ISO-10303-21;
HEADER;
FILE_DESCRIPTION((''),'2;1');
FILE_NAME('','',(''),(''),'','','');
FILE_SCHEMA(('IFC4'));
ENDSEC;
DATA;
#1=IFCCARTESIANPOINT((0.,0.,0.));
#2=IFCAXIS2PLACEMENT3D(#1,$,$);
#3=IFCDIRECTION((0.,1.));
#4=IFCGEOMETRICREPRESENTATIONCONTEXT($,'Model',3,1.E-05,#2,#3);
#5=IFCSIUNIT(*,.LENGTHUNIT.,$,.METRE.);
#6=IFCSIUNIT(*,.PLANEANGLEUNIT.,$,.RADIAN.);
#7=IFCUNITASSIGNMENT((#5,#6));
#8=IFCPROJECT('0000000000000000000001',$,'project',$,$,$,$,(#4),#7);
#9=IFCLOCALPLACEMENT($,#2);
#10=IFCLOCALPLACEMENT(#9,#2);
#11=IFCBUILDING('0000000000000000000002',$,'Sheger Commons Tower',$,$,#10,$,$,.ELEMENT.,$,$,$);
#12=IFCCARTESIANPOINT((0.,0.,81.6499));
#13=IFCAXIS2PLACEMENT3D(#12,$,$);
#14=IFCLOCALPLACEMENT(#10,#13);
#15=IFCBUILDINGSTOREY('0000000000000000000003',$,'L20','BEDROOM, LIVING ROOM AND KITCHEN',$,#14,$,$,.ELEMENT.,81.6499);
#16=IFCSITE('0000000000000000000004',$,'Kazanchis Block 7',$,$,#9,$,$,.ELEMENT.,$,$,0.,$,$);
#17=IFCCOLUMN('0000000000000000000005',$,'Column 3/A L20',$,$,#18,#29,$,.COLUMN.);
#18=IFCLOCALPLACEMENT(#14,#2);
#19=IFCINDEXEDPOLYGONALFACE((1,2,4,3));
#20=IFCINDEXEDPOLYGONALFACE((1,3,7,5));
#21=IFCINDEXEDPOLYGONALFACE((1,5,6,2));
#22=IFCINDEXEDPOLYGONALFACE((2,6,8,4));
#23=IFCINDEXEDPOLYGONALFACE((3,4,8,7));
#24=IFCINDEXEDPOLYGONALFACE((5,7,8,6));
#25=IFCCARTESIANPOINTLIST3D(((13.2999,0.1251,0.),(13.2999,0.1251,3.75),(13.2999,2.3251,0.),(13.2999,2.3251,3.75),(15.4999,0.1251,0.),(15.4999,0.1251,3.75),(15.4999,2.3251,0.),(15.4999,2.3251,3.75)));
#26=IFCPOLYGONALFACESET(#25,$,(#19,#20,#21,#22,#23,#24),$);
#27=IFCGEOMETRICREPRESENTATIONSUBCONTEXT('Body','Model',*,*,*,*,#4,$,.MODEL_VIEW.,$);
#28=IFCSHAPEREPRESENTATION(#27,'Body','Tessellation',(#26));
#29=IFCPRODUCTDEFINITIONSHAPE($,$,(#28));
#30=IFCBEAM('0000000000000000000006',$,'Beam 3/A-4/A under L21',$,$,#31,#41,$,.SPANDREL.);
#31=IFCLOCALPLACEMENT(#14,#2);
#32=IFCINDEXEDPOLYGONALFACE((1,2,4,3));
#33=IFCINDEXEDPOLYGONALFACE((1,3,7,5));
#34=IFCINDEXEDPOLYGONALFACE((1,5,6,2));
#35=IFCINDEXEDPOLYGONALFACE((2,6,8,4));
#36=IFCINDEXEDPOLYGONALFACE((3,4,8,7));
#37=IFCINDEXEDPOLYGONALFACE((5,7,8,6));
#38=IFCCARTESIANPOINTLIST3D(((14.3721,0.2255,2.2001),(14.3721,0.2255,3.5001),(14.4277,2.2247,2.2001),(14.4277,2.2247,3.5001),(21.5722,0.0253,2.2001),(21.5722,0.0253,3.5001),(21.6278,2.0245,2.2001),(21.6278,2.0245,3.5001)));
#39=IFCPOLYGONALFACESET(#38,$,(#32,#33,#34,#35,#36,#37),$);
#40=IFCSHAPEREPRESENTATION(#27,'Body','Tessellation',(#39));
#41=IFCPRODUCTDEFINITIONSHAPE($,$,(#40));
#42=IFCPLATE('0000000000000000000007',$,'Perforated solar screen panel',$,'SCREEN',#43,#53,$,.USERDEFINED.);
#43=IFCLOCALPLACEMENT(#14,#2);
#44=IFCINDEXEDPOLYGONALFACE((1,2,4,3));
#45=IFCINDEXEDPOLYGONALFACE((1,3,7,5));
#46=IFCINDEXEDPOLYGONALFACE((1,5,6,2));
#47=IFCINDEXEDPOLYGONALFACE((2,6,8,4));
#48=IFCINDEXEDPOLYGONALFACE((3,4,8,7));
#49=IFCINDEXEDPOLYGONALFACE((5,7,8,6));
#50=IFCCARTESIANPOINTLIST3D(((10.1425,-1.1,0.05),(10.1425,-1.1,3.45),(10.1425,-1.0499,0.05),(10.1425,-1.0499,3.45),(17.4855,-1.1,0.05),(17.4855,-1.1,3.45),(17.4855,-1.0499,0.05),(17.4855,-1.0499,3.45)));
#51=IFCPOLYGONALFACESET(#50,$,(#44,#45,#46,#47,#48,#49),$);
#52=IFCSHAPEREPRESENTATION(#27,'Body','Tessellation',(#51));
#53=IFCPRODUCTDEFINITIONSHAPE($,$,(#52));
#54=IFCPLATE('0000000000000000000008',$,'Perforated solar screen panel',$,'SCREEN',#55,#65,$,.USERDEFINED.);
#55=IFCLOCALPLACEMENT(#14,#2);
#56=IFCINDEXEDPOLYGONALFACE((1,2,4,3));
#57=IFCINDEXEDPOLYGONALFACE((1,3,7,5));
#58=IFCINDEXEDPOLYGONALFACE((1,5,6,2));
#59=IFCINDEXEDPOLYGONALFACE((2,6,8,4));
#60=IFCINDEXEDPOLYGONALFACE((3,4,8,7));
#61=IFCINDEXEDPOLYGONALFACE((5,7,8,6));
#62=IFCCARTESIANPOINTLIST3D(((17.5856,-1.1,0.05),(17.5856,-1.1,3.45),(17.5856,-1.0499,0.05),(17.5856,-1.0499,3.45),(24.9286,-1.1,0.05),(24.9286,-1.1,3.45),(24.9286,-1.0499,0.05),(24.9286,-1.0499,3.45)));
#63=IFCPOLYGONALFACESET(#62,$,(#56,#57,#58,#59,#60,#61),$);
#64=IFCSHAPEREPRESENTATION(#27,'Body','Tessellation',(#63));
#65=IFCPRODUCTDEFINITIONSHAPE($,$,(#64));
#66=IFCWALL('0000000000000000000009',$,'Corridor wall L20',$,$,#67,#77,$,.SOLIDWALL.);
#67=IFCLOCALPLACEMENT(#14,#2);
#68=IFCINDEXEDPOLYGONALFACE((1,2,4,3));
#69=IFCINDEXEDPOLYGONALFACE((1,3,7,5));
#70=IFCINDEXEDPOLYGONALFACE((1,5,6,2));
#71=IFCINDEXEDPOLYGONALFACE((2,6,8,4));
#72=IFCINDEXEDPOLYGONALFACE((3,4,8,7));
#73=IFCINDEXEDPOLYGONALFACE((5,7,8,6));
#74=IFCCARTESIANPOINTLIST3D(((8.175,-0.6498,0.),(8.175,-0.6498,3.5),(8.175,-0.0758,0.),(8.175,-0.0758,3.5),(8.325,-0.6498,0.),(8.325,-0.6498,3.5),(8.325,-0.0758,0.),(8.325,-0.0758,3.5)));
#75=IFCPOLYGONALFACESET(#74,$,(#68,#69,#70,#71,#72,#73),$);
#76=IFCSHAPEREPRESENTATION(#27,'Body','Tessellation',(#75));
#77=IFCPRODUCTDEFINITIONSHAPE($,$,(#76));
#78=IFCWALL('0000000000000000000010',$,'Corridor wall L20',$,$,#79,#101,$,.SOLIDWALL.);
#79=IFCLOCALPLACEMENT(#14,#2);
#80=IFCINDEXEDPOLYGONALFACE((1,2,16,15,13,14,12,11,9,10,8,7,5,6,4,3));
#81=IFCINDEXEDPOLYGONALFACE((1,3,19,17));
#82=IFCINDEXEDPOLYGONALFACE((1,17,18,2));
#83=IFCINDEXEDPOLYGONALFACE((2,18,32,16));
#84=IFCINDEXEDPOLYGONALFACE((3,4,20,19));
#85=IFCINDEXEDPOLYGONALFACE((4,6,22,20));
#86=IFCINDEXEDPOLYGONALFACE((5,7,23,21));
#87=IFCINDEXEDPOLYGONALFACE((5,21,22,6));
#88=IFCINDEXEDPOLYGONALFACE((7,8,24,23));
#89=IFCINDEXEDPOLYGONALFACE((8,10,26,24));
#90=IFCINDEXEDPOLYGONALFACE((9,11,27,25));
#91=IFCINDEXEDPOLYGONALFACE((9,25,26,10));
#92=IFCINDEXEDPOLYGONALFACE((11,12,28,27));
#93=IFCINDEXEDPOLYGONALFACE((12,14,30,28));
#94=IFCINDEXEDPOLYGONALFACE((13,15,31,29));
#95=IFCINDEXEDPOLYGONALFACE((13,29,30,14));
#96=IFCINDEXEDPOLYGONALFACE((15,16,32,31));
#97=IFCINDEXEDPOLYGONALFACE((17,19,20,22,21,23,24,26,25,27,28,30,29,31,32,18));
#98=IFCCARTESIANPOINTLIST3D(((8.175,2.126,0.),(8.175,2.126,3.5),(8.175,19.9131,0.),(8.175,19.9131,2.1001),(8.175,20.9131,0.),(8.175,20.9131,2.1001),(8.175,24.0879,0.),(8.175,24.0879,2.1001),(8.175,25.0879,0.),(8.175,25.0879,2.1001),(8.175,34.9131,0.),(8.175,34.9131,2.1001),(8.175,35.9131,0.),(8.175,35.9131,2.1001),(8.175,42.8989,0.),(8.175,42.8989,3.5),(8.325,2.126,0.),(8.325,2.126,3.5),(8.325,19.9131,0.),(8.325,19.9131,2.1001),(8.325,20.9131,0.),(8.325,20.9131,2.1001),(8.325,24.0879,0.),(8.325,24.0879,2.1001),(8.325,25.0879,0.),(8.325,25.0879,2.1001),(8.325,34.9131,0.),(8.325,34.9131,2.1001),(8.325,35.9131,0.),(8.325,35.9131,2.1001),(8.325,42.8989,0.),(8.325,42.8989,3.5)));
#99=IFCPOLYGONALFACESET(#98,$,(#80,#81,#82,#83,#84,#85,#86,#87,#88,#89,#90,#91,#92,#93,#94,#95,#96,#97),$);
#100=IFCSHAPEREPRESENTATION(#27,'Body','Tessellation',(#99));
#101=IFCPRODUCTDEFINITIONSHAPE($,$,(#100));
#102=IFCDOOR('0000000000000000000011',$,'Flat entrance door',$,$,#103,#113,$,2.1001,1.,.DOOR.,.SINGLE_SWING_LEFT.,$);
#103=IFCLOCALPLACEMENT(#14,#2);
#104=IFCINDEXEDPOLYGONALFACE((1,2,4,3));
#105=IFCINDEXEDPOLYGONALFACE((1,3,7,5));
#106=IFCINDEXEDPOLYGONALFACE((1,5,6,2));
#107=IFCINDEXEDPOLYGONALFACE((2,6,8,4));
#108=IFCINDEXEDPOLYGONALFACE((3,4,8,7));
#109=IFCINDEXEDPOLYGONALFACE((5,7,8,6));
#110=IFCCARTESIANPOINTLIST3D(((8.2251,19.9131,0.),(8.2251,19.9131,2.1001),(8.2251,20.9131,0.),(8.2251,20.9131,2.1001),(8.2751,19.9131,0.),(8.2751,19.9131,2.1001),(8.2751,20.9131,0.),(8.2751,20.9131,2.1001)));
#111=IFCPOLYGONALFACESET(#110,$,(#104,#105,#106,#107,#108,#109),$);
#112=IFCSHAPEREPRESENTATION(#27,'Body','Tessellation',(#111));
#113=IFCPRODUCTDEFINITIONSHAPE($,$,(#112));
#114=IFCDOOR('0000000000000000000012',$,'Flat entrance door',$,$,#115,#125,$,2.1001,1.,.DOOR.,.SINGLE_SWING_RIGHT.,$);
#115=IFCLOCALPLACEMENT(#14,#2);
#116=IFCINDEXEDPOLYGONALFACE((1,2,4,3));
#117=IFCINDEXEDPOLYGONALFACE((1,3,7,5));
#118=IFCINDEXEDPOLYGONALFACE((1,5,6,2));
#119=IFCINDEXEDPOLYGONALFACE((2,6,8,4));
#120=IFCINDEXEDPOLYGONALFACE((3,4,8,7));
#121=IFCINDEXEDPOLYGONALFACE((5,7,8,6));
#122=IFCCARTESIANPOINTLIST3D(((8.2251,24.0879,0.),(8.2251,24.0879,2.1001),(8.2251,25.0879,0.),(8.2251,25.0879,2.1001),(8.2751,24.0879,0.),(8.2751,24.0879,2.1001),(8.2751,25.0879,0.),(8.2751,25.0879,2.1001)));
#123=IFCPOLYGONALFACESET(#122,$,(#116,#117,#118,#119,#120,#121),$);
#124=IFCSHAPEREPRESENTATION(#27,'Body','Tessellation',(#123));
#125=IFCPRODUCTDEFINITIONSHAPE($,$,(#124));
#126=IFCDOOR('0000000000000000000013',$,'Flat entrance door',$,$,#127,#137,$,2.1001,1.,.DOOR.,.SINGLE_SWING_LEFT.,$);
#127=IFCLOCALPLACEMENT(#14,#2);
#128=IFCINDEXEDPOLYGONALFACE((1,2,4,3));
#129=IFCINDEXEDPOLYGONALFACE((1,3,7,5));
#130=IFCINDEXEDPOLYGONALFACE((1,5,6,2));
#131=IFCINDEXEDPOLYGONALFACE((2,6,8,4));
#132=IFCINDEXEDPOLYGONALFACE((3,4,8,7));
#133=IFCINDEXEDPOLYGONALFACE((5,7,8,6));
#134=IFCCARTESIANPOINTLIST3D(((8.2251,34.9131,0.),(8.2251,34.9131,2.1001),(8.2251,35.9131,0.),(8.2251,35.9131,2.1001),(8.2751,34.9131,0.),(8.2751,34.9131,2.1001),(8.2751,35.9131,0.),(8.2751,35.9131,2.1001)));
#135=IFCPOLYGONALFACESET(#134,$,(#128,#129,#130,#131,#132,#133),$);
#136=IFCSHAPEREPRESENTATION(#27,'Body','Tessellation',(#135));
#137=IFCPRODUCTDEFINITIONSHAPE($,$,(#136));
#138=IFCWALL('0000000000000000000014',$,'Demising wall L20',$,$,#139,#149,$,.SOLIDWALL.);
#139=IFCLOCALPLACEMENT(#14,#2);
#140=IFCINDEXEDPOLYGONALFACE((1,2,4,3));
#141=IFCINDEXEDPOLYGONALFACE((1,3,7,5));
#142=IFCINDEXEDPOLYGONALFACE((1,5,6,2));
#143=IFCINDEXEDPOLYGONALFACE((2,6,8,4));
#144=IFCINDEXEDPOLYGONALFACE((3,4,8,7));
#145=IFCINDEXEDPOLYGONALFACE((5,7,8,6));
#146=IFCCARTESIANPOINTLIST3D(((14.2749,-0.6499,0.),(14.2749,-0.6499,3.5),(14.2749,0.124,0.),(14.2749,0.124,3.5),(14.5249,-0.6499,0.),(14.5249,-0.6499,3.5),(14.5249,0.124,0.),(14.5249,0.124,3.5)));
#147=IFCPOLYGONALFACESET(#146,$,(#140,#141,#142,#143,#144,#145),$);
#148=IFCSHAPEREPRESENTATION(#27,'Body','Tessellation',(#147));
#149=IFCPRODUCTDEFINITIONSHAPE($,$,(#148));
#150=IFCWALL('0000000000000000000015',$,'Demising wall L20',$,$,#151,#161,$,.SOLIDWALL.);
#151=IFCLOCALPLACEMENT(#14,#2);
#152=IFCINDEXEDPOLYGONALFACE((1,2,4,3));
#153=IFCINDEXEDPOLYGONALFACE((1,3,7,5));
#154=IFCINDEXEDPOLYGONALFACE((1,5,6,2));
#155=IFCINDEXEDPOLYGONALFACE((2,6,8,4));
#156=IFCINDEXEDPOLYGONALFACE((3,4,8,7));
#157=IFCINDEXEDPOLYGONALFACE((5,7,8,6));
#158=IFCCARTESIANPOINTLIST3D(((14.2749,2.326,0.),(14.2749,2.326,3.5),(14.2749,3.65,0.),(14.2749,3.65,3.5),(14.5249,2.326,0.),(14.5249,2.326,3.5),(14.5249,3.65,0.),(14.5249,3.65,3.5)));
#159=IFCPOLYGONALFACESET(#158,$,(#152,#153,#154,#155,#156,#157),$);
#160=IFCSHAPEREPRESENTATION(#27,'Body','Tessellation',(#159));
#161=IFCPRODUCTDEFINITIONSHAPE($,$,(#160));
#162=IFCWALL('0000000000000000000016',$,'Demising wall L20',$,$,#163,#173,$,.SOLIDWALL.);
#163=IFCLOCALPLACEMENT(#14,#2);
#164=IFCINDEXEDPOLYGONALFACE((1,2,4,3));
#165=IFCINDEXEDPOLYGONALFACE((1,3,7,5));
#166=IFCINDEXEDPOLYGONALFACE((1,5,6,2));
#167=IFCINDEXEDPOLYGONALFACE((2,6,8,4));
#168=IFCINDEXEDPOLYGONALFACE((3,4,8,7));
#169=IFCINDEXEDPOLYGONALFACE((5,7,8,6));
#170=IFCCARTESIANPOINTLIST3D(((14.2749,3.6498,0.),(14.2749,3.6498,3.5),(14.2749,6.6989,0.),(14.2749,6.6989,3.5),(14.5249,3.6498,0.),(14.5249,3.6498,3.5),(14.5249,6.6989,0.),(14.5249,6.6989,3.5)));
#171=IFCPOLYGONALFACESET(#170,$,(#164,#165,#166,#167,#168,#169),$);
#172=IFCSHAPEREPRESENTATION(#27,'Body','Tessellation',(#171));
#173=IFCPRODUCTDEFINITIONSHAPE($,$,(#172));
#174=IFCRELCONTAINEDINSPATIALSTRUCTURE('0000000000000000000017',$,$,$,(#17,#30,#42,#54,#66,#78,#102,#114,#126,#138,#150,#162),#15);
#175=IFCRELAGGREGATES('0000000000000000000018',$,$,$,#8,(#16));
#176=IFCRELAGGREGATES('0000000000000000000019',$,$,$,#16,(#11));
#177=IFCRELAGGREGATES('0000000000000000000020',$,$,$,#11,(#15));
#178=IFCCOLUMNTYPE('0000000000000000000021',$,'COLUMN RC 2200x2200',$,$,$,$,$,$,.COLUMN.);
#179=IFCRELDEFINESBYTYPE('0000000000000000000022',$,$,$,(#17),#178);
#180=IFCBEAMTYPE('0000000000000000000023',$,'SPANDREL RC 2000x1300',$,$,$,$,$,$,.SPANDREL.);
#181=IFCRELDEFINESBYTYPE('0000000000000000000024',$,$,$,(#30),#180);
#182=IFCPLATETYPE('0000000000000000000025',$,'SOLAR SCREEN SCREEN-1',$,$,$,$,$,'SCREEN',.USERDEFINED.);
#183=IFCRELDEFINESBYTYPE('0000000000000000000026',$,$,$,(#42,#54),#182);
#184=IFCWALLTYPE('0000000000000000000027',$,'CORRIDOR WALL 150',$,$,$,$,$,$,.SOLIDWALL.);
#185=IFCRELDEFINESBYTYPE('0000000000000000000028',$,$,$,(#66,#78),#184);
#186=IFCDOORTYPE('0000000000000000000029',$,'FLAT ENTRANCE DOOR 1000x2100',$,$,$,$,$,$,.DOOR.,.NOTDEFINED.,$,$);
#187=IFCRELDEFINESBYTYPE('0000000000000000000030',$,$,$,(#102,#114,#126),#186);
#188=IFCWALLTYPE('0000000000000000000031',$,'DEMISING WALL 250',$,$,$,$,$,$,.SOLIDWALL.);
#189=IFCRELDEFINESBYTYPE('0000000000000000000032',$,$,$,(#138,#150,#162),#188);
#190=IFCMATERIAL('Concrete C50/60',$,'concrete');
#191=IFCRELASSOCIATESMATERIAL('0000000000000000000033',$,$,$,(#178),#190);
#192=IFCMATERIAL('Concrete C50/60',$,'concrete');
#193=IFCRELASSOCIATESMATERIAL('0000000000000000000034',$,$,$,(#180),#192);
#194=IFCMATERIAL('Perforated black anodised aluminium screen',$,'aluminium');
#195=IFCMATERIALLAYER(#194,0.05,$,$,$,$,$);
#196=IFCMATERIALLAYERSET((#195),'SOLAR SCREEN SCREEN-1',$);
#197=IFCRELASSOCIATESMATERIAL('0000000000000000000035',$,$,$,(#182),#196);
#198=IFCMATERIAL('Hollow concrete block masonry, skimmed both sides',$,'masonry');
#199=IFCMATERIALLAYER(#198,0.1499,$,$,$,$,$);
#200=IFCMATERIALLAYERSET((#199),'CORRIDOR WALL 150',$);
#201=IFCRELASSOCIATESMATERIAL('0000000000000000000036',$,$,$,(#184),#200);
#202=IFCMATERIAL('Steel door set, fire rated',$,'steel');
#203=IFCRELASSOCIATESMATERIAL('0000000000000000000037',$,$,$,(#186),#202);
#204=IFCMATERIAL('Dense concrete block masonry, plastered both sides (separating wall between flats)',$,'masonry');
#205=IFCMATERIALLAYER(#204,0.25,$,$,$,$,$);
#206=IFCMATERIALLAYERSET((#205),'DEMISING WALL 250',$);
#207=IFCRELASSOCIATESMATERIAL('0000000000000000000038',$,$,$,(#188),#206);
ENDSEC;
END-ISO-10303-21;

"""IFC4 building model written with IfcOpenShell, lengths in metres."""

from ifc_helpers import new_model, si_unit, direction, frame, frame_2d, origin, origin_2d, place, context, subcontext, project, spatial, rectangle, extrude, material, layer, layer_set, material_profile, profile_set, type_object, element, fill, save


model = new_model("IFC4")

# Units and contexts
model_context = context("Model", 3, precision=1e-05, world=origin(), true_north=direction((0.0, 1.0)))
body_context = subcontext(model_context, "Body", "Model", "MODEL_VIEW")
ifc_project = project(units=[si_unit("LENGTHUNIT", "METRE"), si_unit("PLANEANGLEUNIT", "RADIAN")], contexts=[model_context])

# Site, building, storey
site_placement = place(None, origin())
site = spatial("IfcSite", under=ifc_project, at=site_placement, Name="Kazanchis Block 7", CompositionType="ELEMENT", RefElevation=0.0)
building_placement = place(site_placement, origin())
building = spatial("IfcBuilding", under=site, at=building_placement, Name="Sheger Commons Tower", CompositionType="ELEMENT")
storey_placement = place(building_placement, frame((0.0, 0.0, 81.6499)))
storey = spatial("IfcBuildingStorey", under=building, at=storey_placement, Name="L20", Description="BEDROOM, LIVING ROOM AND KITCHEN", CompositionType="ELEMENT", Elevation=81.6499)

# Column
ifc_material_1 = material(Name="Concrete C50/60", Category="concrete")
ifc_material_profile_1 = material_profile(ifc_material_1, rectangle(XDim=2.2, YDim=2.2, at=origin_2d()), Name="RC 2200x2200")
ifc_profile_set_1 = profile_set([ifc_material_profile_1], Name="Concrete C50/60")
column_type = type_object("IfcColumnType", Name="COLUMN RC 2200x2200", PredefinedType="COLUMN", material=ifc_profile_set_1)
column_placement = place(storey_placement, frame((14.3999, 1.2251, 0.0), z_axis=(0.0, 0.0, 1.0), x_axis=(1.0, 0.0, 0.0)))
element("IfcColumn", 1, at=column_placement, inside=storey, type_object=column_type, Name="Column 3/A L20", PredefinedType="COLUMN", context=body_context, shape_type="SweptSolid", body=[
    extrude(rectangle(XDim=2.2, YDim=2.2, at=origin_2d()), origin(), (0.0, 0.0, 1.0), 3.75),
])

# Beam
ifc_material_2 = material(Name="Concrete C50/60", Category="concrete")
ifc_material_profile_2 = material_profile(ifc_material_2, rectangle(XDim=2.0, YDim=1.3, at=origin_2d()), Name="RC 2000x1300")
ifc_profile_set_2 = profile_set([ifc_material_profile_2], Name="Concrete C50/60")
beam_type = type_object("IfcBeamType", Name="SPANDREL RC 2000x1300", PredefinedType="SPANDREL", material=ifc_profile_set_2)
beam_placement = place(storey_placement, frame((14.3999, 1.2251, 2.8501), z_axis=(0.999614, -0.027793, 0.0), x_axis=(0.027793, 0.999614, 0.0)))
element("IfcBeam", 2, at=beam_placement, inside=storey, type_object=beam_type, Name="Beam 3/A-4/A under L21", PredefinedType="SPANDREL", context=body_context, shape_type="SweptSolid", body=[
    extrude(rectangle(XDim=2.0, YDim=1.3, at=origin_2d()), origin(), (0.0, 0.0, 1.0), 7.2029),
])

# Plates
ifc_material_3 = material(Name="Perforated black anodised aluminium screen", Category="aluminium")
ifc_layer_1 = layer(ifc_material_3, 0.05)
ifc_layer_set_1 = layer_set([ifc_layer_1], Name="SOLAR SCREEN SCREEN-1")
plate_type = type_object("IfcPlateType", Name="SOLAR SCREEN SCREEN-1", ElementType="SCREEN", PredefinedType="USERDEFINED", material=ifc_layer_set_1)
for number, where, z_axis, x_axis, name in (
    (3, (13.814, -1.075, 0.05), (0.0, 0.0, 1.0), (1.0, 0.0, 0.0), "Perforated solar screen panel"),
    (4, (21.2571, -1.075, 0.05), (0.0, 0.0, 1.0), (1.0, 0.0, 0.0), "Perforated solar screen panel"),
):
    element("IfcPlate", number, at=place(storey_placement, frame(where, z_axis=z_axis, x_axis=x_axis)), inside=storey, type_object=plate_type, Name=name, ObjectType="SCREEN", PredefinedType="USERDEFINED", context=body_context, shape_type="SweptSolid", body=[
        extrude(rectangle(XDim=7.343, YDim=0.05, at=origin_2d()), origin(), (0.0, 0.0, 1.0), 3.3999),
    ])

# Wall
ifc_material_4 = material(Name="Hollow concrete block masonry, skimmed both sides", Category="masonry")
ifc_layer_2 = layer(ifc_material_4, 0.1499)
ifc_layer_set_2 = layer_set([ifc_layer_2], Name="CORRIDOR WALL 150")
wall_type_1 = type_object("IfcWallType", Name="CORRIDOR WALL 150", PredefinedType="SOLIDWALL", material=ifc_layer_set_2)
wall_1_placement = place(storey_placement, frame((8.25, -0.6499, 0.0), z_axis=(0.0, 0.0, 1.0), x_axis=(0.0, 1.0, 0.0)))
element("IfcWall", 5, at=wall_1_placement, inside=storey, type_object=wall_type_1, Name="Corridor wall L20", PredefinedType="SOLIDWALL", context=body_context, shape_type="SweptSolid", body=[
    extrude(rectangle(XDim=0.574, YDim=0.1499, at=frame_2d((0.2871, 0.0))), origin(), (0.0, 0.0, 1.0), 3.5),
])

# Wall, openings, doors
wall_2_placement = place(storey_placement, frame((8.25, 2.126, 0.0), z_axis=(0.0, 0.0, 1.0), x_axis=(0.0, 1.0, 0.0)))
wall_2 = element("IfcWall", 6, at=wall_2_placement, inside=storey, type_object=wall_type_1, Name="Corridor wall L20", PredefinedType="SOLIDWALL", context=body_context, shape_type="SweptSolid", body=[
    extrude(rectangle(XDim=40.7729, YDim=0.1499, at=frame_2d((20.3865, 0.0))), origin(), (0.0, 0.0, 1.0), 3.5),
])
opening_1_placement = place(wall_2_placement, frame((17.7871, 0.0, 0.0)))
opening_1 = element("IfcOpeningElement", 7, at=opening_1_placement, cuts=wall_2, PredefinedType="OPENING", context=body_context, shape_type="SweptSolid", body=[
    extrude(rectangle(XDim=1.0, YDim=2.1001, at=frame_2d((0.5, 1.05))), frame((0.0, 0.085, 0.0), z_axis=(0.0, -1.0, 0.0), x_axis=(1.0, 0.0, 0.0)), (0.0, 0.0, 1.0), 0.1699),
])
opening_2_placement = place(wall_2_placement, frame((21.9619, 0.0, 0.0)))
opening_2 = element("IfcOpeningElement", 8, at=opening_2_placement, cuts=wall_2, PredefinedType="OPENING", context=body_context, shape_type="SweptSolid", body=[
    extrude(rectangle(XDim=1.0, YDim=2.1001, at=frame_2d((0.5, 1.05))), frame((0.0, 0.085, 0.0), z_axis=(0.0, -1.0, 0.0), x_axis=(1.0, 0.0, 0.0)), (0.0, 0.0, 1.0), 0.1699),
])
opening_3_placement = place(wall_2_placement, frame((32.7871, 0.0, 0.0)))
opening_3 = element("IfcOpeningElement", 9, at=opening_3_placement, cuts=wall_2, PredefinedType="OPENING", context=body_context, shape_type="SweptSolid", body=[
    extrude(rectangle(XDim=1.0, YDim=2.1001, at=frame_2d((0.5, 1.05))), frame((0.0, 0.085, 0.0), z_axis=(0.0, -1.0, 0.0), x_axis=(1.0, 0.0, 0.0)), (0.0, 0.0, 1.0), 0.1699),
])
ifc_material_5 = material(Name="Steel door set, fire rated", Category="steel")
door_type = type_object("IfcDoorType", Name="FLAT ENTRANCE DOOR 1000x2100", OperationType="NOTDEFINED", PredefinedType="DOOR", material=ifc_material_5)
door_1_placement = place(opening_1_placement, origin())
door_1 = element("IfcDoor", 10, at=door_1_placement, inside=storey, type_object=door_type, Name="Flat entrance door", OperationType="SINGLE_SWING_LEFT", OverallHeight=2.1001, OverallWidth=1.0, PredefinedType="DOOR", context=body_context, shape_type="SweptSolid", body=[
    extrude(rectangle(XDim=1.0, YDim=2.1001, at=frame_2d((0.5, 1.05))), frame((0.0, 0.0249, 0.0), z_axis=(0.0, -1.0, 0.0), x_axis=(1.0, 0.0, 0.0)), (0.0, 0.0, 1.0), 0.05),
])
fill(opening_1, door_1)
door_2_placement = place(opening_2_placement, origin())
door_2 = element("IfcDoor", 11, at=door_2_placement, inside=storey, type_object=door_type, Name="Flat entrance door", OperationType="SINGLE_SWING_RIGHT", OverallHeight=2.1001, OverallWidth=1.0, PredefinedType="DOOR", context=body_context, shape_type="SweptSolid", body=[
    extrude(rectangle(XDim=1.0, YDim=2.1001, at=frame_2d((0.5, 1.05))), frame((0.0, 0.0249, 0.0), z_axis=(0.0, -1.0, 0.0), x_axis=(1.0, 0.0, 0.0)), (0.0, 0.0, 1.0), 0.05),
])
fill(opening_2, door_2)
door_3_placement = place(opening_3_placement, origin())
door_3 = element("IfcDoor", 12, at=door_3_placement, inside=storey, type_object=door_type, Name="Flat entrance door", OperationType="SINGLE_SWING_LEFT", OverallHeight=2.1001, OverallWidth=1.0, PredefinedType="DOOR", context=body_context, shape_type="SweptSolid", body=[
    extrude(rectangle(XDim=1.0, YDim=2.1001, at=frame_2d((0.5, 1.05))), frame((0.0, 0.0249, 0.0), z_axis=(0.0, -1.0, 0.0), x_axis=(1.0, 0.0, 0.0)), (0.0, 0.0, 1.0), 0.05),
])
fill(opening_3, door_3)

# Walls
ifc_material_6 = material(Name="Dense concrete block masonry, plastered both sides (separating wall between flats)", Category="masonry")
ifc_layer_3 = layer(ifc_material_6, 0.25)
ifc_layer_set_3 = layer_set([ifc_layer_3], Name="DEMISING WALL 250")
wall_type_2 = type_object("IfcWallType", Name="DEMISING WALL 250", PredefinedType="SOLIDWALL", material=ifc_layer_set_3)
wall_3_placement = place(storey_placement, frame((14.3999, -0.6499, 0.0), z_axis=(0.0, 0.0, 1.0), x_axis=(0.0, 1.0, 0.0)))
element("IfcWall", 13, at=wall_3_placement, inside=storey, type_object=wall_type_2, Name="Demising wall L20", PredefinedType="SOLIDWALL", context=body_context, shape_type="SweptSolid", body=[
    extrude(rectangle(XDim=0.7739, YDim=0.25, at=frame_2d((0.387, 0.0))), origin(), (0.0, 0.0, 1.0), 3.5),
])
wall_4_placement = place(storey_placement, frame((14.3999, 2.3259, 0.0), z_axis=(0.0, 0.0, 1.0), x_axis=(0.0, 1.0, 0.0)))
element("IfcWall", 14, at=wall_4_placement, inside=storey, type_object=wall_type_2, Name="Demising wall L20", PredefinedType="SOLIDWALL", context=body_context, shape_type="SweptSolid", body=[
    extrude(rectangle(XDim=1.324, YDim=0.25, at=frame_2d((0.6621, 0.0))), origin(), (0.0, 0.0, 1.0), 3.5),
])
wall_5_placement = place(storey_placement, frame((14.3999, 3.6499, 0.0), z_axis=(0.0, 0.0, 1.0), x_axis=(0.0, 1.0, 0.0)))
element("IfcWall", 15, at=wall_5_placement, inside=storey, type_object=wall_type_2, Name="Demising wall L20", PredefinedType="SOLIDWALL", context=body_context, shape_type="SweptSolid", body=[
    extrude(rectangle(XDim=3.0491, YDim=0.25, at=frame_2d((1.5244, 0.0))), origin(), (0.0, 0.0, 1.0), 3.5),
])

save(model, "model.ifc")
